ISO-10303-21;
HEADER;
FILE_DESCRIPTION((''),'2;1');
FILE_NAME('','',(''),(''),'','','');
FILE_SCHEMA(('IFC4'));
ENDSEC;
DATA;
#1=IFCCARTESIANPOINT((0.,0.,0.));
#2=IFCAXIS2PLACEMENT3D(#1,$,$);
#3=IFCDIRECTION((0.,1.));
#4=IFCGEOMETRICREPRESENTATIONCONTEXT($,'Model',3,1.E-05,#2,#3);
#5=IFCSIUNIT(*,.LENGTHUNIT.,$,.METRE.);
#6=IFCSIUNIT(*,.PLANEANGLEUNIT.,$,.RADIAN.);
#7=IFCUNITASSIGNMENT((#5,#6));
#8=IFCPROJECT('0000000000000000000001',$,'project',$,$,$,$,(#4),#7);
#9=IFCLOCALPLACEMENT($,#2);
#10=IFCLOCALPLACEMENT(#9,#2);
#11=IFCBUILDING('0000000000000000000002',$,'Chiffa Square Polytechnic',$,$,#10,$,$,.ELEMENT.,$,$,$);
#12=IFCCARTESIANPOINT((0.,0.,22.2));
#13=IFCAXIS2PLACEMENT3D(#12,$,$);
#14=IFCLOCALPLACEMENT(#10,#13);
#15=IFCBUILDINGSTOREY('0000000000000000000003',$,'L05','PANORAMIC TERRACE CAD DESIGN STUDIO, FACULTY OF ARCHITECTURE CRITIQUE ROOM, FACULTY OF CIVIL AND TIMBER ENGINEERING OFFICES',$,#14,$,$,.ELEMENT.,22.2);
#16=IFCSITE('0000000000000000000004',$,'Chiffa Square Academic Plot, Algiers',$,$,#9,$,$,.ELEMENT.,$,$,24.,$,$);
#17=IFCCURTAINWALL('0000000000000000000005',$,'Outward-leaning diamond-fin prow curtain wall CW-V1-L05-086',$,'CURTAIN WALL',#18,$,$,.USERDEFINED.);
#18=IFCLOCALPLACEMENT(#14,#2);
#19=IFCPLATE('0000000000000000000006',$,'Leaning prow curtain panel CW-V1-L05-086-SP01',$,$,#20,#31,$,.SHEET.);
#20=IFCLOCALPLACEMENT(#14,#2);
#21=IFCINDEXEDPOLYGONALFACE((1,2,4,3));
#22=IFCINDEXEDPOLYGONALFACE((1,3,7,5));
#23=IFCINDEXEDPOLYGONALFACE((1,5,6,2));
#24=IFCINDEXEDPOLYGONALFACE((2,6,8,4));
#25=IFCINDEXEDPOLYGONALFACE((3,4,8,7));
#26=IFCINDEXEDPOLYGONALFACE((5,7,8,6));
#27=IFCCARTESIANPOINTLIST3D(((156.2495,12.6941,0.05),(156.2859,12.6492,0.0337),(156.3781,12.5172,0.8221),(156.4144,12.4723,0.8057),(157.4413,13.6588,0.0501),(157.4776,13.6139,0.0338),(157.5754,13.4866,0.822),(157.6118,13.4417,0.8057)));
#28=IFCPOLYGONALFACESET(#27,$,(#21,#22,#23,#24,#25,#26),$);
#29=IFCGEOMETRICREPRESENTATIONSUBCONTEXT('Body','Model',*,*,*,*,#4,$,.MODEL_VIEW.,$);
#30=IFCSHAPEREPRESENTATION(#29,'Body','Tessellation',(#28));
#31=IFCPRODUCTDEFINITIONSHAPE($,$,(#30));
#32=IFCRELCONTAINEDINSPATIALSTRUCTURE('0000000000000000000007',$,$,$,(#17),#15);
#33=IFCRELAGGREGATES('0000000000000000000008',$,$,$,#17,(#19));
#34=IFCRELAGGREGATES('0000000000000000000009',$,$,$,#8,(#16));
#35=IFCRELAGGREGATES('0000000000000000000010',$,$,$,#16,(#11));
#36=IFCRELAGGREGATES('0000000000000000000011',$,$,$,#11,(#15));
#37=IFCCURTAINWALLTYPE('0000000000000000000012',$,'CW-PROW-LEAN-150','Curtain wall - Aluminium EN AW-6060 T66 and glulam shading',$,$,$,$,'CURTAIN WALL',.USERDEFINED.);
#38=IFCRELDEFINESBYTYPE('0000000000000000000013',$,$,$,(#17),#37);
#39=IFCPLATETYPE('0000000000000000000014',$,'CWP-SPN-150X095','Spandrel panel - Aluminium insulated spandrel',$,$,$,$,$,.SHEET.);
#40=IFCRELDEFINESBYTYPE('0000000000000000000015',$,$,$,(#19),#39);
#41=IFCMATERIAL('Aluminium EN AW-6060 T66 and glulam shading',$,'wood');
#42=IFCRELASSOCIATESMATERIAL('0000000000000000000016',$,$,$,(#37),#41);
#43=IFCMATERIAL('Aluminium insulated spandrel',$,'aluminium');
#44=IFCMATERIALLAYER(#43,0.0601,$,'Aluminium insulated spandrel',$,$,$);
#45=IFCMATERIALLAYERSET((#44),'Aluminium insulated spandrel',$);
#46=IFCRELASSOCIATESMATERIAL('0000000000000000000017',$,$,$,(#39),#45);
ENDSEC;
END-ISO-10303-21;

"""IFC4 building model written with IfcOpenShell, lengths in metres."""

from ifc_helpers import new_model, si_unit, direction, frame, origin, place, context, subcontext, project, spatial, polyline, outline, extrude, material, layer, layer_set, type_object, element, aggregate, save


model = new_model("IFC4")

# Units and contexts
model_context = context("Model", 3, precision=1e-05, world=origin(), true_north=direction((0.0, 1.0)))
body_context = subcontext(model_context, "Body", "Model", "MODEL_VIEW")
ifc_project = project(units=[si_unit("LENGTHUNIT", "METRE"), si_unit("PLANEANGLEUNIT", "RADIAN")], contexts=[model_context])

# Site, building, storey
site_placement = place(None, origin())
site = spatial("IfcSite", under=ifc_project, at=site_placement, Name="Chiffa Square Academic Plot, Algiers", CompositionType="ELEMENT", RefElevation=24.0)
building_placement = place(site_placement, origin())
building = spatial("IfcBuilding", under=site, at=building_placement, Name="Chiffa Square Polytechnic", CompositionType="ELEMENT")
storey_placement = place(building_placement, frame((0.0, 0.0, 22.2)))
storey = spatial("IfcBuildingStorey", under=building, at=storey_placement, Name="L05", Description="PANORAMIC TERRACE CAD DESIGN STUDIO, FACULTY OF ARCHITECTURE CRITIQUE ROOM, FACULTY OF CIVIL AND TIMBER ENGINEERING OFFICES", CompositionType="ELEMENT", Elevation=22.2)

# Shared definitions
ifc_material_1 = material(Name="Aluminium EN AW-6060 T66 and glulam shading", Category="wood")

# Curtain wall
curtain_wall_type_1 = type_object("IfcCurtainWallType", Name="CW-PROW-LEAN-150", Description="Curtain wall - Aluminium EN AW-6060 T66 and glulam shading", ElementType="CURTAIN WALL", PredefinedType="USERDEFINED", material=ifc_material_1)
curtain_wall_1_placement = place(storey_placement, origin())
curtain_wall_1 = element("IfcCurtainWall", 1, at=curtain_wall_1_placement, inside=storey, type_object=curtain_wall_type_1, Name="Outward-leaning diamond-fin prow curtain wall CW-V1-L05-086", ObjectType="CURTAIN WALL", PredefinedType="USERDEFINED")

# Plate
ifc_material_2 = material(Name="Aluminium insulated spandrel", Category="aluminium")
ifc_layer_1 = layer(ifc_material_2, 0.0601, Name="Aluminium insulated spandrel")
ifc_layer_set_1 = layer_set([ifc_layer_1], Name="Aluminium insulated spandrel")
plate_type_1 = type_object("IfcPlateType", Name="CWP-SPN-150X095", Description="Spandrel panel - Aluminium insulated spandrel", PredefinedType="SHEET", material=ifc_layer_set_1)
plate_1_placement = place(storey_placement, frame((156.2495, 12.6941, 0.05), z_axis=(-0.605452, 0.747911, 0.272135), x_axis=(0.777251, 0.62919, 0.000035)))
plate_1 = element("IfcPlate", 2, at=plate_1_placement, type_object=plate_type_1, Name="Leaning prow curtain panel CW-V1-L05-086-SP01", PredefinedType="SHEET", context=body_context, shape_type="SweptSolid", body=[
    extrude(outline(polyline([(0.0, 0.0), (1.5333, 0.0), (1.5292, -0.8022), (-0.0113, -0.8023), (0.0, 0.0)])), origin(), (0.0, 0.0, -1.0), 0.0601),
])
aggregate(curtain_wall_1, [plate_1])

save(model, "model.ifc")
